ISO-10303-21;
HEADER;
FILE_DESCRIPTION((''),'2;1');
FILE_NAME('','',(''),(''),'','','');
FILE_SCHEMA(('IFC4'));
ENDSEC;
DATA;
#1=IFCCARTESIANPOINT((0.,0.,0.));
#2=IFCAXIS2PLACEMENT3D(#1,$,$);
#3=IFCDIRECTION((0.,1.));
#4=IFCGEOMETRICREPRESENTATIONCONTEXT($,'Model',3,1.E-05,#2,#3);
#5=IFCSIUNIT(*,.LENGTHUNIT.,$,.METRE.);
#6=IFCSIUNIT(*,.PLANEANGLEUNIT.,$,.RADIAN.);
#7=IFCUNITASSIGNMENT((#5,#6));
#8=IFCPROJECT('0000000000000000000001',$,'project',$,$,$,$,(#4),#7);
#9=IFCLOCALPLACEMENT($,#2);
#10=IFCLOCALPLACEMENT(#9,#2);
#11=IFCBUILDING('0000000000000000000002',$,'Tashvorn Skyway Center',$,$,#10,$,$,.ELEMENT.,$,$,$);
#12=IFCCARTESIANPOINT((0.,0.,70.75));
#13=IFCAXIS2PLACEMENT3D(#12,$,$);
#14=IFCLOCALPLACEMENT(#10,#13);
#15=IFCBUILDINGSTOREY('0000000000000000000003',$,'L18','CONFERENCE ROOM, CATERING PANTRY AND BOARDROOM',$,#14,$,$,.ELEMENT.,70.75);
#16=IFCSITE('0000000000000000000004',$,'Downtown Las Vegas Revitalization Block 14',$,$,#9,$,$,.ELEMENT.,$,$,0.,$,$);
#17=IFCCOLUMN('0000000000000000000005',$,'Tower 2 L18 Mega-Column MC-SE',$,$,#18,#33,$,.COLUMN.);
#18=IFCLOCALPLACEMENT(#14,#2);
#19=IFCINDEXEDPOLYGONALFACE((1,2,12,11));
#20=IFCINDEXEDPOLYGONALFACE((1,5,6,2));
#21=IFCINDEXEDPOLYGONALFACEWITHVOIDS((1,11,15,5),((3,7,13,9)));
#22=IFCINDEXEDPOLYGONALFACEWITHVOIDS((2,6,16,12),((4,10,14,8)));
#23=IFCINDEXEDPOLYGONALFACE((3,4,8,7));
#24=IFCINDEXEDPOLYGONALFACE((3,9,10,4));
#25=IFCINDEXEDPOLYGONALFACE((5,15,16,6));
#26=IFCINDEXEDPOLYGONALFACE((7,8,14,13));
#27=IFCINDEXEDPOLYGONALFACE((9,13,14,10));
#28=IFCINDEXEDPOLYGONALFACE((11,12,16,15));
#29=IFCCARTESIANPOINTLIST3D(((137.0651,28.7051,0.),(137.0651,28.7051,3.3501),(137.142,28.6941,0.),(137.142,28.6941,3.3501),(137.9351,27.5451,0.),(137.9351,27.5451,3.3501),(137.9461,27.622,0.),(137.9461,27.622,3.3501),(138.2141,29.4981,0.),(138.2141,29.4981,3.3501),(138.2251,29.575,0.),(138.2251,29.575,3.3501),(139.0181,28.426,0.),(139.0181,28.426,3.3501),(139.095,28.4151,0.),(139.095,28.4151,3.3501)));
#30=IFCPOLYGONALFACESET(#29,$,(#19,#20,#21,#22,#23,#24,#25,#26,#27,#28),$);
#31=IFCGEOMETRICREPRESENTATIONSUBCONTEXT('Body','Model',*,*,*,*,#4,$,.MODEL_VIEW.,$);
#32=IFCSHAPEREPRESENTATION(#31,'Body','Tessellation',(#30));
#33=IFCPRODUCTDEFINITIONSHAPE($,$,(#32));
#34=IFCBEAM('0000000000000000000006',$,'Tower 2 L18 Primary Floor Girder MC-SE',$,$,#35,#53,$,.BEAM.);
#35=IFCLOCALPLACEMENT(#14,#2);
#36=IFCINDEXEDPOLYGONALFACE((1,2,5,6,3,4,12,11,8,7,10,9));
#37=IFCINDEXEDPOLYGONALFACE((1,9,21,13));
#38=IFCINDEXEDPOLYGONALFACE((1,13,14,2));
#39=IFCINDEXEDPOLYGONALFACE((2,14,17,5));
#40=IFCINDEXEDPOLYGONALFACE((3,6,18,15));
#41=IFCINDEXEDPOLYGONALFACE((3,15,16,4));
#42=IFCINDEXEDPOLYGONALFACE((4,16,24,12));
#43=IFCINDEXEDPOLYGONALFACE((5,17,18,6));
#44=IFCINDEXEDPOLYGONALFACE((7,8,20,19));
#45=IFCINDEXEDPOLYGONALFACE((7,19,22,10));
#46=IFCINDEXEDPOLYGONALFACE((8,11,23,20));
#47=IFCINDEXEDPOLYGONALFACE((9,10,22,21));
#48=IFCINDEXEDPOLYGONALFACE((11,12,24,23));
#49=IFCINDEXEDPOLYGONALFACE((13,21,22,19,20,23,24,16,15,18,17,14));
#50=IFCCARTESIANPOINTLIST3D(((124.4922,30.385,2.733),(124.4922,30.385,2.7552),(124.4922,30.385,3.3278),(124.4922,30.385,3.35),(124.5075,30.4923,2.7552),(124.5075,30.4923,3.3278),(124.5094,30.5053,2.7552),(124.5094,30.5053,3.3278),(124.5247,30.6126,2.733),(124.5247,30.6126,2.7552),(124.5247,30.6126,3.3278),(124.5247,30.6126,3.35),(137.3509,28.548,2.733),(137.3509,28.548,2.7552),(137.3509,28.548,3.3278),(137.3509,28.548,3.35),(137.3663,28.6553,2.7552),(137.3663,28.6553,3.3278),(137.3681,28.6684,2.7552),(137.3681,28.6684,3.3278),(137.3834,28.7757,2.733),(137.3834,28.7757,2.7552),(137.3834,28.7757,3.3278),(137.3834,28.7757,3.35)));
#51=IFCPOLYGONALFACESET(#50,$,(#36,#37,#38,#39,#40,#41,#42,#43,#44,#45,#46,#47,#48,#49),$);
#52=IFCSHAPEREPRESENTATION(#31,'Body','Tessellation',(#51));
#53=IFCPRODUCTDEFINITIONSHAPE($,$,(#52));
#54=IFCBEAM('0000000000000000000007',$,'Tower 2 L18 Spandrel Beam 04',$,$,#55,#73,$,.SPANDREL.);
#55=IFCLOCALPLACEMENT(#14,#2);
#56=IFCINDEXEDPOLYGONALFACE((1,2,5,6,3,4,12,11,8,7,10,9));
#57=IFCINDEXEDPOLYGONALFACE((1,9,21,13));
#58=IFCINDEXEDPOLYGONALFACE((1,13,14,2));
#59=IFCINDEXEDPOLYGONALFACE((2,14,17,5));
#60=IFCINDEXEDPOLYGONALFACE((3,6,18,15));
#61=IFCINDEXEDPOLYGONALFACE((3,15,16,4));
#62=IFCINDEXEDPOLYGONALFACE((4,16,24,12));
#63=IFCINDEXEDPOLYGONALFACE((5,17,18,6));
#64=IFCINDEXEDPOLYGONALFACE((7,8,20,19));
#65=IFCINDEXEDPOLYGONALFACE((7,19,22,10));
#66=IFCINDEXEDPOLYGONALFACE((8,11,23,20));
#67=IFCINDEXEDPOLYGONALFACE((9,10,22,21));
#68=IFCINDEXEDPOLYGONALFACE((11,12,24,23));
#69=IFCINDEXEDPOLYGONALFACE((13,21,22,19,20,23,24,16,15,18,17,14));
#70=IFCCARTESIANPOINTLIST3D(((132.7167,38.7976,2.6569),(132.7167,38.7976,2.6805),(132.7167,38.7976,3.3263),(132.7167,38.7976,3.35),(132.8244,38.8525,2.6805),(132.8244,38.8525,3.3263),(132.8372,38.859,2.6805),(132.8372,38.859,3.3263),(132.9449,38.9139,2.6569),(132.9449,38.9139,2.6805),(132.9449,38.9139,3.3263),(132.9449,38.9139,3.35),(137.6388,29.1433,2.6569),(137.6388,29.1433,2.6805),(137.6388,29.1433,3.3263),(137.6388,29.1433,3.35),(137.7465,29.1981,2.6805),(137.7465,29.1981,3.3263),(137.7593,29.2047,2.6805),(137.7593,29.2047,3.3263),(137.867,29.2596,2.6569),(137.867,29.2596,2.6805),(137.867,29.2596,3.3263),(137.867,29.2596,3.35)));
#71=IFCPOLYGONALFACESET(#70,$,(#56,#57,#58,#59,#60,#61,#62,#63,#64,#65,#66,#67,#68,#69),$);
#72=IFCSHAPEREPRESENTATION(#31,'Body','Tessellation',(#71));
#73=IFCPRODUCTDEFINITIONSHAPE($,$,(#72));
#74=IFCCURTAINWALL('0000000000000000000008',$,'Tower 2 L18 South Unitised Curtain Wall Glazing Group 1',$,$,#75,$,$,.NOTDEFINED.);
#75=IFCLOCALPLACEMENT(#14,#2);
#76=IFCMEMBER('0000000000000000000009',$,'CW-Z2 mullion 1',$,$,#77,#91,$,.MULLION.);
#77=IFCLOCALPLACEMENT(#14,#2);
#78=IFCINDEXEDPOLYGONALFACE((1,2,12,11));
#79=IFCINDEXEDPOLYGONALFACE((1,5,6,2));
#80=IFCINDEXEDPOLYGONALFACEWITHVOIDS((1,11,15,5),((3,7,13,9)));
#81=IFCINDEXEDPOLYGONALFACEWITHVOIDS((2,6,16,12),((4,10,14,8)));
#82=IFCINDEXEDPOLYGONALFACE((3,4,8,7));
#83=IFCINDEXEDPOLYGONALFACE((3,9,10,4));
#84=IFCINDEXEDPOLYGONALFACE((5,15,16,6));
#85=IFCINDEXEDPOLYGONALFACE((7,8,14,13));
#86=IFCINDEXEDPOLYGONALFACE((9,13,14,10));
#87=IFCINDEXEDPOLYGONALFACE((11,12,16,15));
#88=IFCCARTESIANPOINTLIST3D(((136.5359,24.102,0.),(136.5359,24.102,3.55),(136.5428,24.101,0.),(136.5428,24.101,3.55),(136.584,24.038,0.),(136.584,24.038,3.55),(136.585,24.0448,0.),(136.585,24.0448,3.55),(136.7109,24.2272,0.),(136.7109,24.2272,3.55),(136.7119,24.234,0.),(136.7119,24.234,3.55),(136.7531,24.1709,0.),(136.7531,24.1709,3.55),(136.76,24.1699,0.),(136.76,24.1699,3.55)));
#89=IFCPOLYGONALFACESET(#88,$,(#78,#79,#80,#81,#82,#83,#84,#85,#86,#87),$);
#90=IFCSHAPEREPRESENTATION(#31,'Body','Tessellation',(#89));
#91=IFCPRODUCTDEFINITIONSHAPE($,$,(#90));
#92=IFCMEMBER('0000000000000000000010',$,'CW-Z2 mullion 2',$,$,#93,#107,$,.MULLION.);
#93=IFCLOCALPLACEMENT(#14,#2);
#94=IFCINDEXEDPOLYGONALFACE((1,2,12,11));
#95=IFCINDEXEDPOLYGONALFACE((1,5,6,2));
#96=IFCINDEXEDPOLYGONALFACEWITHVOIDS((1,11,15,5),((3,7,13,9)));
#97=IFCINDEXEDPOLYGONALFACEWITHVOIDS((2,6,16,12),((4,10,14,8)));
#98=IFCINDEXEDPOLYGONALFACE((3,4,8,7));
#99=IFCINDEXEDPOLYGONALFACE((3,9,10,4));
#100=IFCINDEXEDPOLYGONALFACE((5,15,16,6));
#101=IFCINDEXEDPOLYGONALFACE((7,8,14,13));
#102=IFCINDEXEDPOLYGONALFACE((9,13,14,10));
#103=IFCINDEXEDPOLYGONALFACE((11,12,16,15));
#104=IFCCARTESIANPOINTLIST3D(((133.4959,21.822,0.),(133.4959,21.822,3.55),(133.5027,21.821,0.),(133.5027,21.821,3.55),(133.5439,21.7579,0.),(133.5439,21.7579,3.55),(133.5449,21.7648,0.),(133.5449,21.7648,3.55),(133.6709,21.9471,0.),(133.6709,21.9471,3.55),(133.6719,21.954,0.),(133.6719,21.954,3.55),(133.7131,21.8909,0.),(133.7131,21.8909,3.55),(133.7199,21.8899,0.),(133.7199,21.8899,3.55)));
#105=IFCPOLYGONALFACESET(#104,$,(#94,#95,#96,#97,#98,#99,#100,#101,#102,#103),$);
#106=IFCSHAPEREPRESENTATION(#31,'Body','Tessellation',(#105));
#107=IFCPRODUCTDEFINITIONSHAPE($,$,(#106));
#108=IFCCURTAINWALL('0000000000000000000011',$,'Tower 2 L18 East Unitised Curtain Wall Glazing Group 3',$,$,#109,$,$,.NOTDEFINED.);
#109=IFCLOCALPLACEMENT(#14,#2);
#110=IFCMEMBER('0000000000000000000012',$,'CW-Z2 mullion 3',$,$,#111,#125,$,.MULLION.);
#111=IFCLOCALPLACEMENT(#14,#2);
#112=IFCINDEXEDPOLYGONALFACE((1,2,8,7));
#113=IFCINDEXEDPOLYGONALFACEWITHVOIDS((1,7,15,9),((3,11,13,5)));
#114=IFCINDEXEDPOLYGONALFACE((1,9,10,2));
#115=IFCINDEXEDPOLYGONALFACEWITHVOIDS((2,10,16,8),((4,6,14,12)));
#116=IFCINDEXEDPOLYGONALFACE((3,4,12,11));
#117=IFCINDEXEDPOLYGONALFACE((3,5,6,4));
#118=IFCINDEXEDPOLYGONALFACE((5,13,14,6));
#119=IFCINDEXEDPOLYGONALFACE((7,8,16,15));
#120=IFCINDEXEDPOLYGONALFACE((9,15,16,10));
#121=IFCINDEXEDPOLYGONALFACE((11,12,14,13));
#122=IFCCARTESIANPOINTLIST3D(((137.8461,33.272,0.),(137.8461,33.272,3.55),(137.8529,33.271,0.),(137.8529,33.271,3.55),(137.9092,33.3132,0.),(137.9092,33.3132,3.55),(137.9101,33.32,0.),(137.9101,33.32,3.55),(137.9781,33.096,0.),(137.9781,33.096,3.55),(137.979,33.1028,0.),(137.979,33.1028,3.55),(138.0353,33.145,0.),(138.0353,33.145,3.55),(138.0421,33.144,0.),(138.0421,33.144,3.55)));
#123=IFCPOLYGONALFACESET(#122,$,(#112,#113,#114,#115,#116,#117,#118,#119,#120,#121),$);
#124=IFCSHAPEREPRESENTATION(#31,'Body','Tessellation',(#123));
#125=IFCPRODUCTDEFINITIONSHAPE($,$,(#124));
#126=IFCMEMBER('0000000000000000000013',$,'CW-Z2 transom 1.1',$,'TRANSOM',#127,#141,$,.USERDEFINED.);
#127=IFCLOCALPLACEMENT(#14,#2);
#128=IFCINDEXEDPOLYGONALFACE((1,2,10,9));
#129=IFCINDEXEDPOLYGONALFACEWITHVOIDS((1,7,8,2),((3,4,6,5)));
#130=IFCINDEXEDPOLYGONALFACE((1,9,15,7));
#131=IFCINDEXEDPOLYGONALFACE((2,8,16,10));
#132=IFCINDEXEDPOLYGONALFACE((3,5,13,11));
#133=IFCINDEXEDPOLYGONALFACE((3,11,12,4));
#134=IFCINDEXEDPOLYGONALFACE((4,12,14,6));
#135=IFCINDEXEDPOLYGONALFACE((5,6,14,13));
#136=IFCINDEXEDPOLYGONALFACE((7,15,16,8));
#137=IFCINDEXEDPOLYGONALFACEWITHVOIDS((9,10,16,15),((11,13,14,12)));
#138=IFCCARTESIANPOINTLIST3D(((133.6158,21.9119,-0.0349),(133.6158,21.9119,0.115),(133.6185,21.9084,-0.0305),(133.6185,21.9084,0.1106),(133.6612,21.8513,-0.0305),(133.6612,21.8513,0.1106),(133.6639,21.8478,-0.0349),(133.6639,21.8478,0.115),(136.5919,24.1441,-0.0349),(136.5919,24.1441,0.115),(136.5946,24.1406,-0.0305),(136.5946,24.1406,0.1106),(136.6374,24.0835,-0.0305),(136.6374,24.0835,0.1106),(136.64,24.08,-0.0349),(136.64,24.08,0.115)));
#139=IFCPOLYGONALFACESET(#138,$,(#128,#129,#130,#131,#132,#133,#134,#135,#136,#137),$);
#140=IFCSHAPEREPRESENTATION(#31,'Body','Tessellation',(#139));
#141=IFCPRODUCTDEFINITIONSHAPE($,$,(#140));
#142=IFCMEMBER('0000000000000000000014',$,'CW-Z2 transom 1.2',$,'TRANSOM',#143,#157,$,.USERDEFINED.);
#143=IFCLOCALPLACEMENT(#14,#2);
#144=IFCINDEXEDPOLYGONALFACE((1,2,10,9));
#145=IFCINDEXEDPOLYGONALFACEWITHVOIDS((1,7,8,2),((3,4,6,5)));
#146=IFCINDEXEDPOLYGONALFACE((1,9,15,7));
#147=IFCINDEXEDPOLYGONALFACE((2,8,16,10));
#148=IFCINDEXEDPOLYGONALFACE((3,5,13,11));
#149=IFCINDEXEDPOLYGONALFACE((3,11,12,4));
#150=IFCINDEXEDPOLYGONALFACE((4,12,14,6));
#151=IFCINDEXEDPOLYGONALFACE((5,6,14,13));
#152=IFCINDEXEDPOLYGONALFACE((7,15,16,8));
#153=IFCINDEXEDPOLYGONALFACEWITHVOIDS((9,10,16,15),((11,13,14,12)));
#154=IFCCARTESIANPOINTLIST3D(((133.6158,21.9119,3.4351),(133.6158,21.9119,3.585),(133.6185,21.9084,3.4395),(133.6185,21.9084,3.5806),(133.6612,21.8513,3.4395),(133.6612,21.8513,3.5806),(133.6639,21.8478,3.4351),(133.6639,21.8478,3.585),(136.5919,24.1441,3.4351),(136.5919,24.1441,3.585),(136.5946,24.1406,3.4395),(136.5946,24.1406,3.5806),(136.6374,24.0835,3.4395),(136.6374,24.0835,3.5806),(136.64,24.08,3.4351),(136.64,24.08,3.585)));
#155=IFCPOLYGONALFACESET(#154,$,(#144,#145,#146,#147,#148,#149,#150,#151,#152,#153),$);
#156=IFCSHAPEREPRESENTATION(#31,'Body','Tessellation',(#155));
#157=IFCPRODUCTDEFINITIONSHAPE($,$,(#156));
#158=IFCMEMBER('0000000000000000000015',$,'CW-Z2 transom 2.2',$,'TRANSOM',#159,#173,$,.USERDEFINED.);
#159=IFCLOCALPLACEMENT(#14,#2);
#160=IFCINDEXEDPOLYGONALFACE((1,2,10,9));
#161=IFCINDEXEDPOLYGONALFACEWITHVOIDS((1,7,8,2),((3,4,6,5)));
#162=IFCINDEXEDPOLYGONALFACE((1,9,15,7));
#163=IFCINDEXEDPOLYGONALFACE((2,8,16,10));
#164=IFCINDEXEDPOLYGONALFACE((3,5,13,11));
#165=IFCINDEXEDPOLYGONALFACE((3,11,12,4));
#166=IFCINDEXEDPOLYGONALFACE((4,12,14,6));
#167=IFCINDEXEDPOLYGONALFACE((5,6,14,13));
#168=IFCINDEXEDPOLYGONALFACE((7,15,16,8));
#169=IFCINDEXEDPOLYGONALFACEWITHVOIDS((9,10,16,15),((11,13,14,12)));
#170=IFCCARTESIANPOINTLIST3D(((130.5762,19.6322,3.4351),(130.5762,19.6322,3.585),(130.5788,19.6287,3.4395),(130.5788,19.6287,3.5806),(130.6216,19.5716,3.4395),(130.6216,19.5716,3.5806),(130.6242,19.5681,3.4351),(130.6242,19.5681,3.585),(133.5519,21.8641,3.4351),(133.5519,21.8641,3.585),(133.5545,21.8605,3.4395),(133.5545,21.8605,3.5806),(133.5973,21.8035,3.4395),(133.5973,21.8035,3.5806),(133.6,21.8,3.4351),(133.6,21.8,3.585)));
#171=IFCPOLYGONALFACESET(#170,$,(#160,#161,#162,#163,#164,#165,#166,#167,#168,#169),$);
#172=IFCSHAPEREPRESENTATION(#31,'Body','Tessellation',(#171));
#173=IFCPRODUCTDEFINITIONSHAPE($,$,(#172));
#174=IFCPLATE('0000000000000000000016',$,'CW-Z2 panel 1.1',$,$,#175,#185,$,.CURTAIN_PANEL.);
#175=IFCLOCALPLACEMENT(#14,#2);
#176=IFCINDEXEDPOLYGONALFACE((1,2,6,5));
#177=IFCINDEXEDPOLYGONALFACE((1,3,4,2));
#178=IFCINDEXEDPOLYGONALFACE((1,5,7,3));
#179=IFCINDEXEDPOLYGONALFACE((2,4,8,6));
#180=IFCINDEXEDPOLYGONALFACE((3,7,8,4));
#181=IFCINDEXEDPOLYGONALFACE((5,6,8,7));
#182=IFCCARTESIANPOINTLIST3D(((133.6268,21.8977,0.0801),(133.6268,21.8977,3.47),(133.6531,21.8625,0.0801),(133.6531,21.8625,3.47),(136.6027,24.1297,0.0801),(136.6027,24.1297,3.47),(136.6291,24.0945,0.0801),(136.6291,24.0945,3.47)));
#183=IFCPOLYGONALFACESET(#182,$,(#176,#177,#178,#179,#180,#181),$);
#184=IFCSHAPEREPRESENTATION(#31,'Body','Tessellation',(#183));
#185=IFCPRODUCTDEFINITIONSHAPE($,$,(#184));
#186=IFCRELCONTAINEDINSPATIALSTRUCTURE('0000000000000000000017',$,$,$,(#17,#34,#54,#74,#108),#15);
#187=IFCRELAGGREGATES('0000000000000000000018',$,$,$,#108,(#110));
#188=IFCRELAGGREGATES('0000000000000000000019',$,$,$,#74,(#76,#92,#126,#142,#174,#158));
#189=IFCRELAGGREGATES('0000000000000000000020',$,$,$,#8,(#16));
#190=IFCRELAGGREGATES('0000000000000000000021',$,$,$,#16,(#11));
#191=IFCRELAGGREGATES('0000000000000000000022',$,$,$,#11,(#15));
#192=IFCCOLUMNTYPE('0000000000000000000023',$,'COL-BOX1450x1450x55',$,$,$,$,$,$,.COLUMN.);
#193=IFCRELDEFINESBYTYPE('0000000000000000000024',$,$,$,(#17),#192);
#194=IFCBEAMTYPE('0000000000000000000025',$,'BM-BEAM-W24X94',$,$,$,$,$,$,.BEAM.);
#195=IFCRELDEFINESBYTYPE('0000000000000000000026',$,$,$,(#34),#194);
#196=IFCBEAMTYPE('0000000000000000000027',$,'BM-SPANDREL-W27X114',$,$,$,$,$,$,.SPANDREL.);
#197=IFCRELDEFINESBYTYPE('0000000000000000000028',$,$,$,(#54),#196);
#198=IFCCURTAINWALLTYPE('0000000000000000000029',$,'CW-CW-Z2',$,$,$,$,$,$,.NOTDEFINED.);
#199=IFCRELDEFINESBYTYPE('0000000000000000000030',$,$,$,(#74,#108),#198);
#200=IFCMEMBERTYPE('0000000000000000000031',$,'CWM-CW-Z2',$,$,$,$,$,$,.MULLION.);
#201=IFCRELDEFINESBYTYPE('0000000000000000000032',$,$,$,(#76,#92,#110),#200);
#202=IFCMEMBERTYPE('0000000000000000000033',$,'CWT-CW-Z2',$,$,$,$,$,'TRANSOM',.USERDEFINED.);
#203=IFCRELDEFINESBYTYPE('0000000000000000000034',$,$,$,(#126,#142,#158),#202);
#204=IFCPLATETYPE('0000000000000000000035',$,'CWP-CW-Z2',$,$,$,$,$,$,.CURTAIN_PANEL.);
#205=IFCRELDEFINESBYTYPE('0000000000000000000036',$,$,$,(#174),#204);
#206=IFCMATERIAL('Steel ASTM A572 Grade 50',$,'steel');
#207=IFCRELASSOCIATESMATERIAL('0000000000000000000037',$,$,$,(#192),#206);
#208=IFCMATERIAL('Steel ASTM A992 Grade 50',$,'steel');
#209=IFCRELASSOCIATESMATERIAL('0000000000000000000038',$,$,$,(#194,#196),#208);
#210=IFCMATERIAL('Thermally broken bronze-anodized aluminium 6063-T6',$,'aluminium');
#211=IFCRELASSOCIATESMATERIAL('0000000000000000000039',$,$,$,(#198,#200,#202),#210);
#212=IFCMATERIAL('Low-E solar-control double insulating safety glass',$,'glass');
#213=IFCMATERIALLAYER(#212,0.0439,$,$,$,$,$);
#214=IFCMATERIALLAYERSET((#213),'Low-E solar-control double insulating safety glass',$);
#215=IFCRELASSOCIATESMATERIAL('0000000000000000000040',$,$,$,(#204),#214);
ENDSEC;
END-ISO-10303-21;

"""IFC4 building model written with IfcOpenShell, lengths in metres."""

from ifc_helpers import new_model, si_unit, direction, frame, origin, origin_2d, place, context, subcontext, project, spatial, rectangle, hollow_rectangle, i_section, extrude, material, layer, layer_set, material_profile, profile_set, type_object, element, aggregate, save


model = new_model("IFC4")

# Units and contexts
model_context = context("Model", 3, precision=1e-05, world=origin(), true_north=direction((0.0, 1.0)))
body_context = subcontext(model_context, "Body", "Model", "MODEL_VIEW")
ifc_project = project(units=[si_unit("LENGTHUNIT", "METRE"), si_unit("PLANEANGLEUNIT", "RADIAN")], contexts=[model_context])

# Site, building, storey
site_placement = place(None, origin())
site = spatial("IfcSite", under=ifc_project, at=site_placement, Name="Downtown Las Vegas Revitalization Block 14", CompositionType="ELEMENT", RefElevation=0.0)
building_placement = place(site_placement, origin())
building = spatial("IfcBuilding", under=site, at=building_placement, Name="Tashvorn Skyway Center", CompositionType="ELEMENT")
storey_placement = place(building_placement, frame((0.0, 0.0, 70.75)))
storey = spatial("IfcBuildingStorey", under=building, at=storey_placement, Name="L18", Description="CONFERENCE ROOM, CATERING PANTRY AND BOARDROOM", CompositionType="ELEMENT", Elevation=70.75)

# Column
ifc_material_1 = material(Name="Steel ASTM A572 Grade 50", Category="steel")
ifc_material_profile_1 = material_profile(ifc_material_1, hollow_rectangle(XDim=1.45, YDim=1.45, WallThickness=0.0549, at=origin_2d()), Name="BOX1450x1450x55")
ifc_profile_set_1 = profile_set([ifc_material_profile_1], Name="Steel ASTM A572 Grade 50")
column_type = type_object("IfcColumnType", Name="COL-BOX1450x1450x55", PredefinedType="COLUMN", material=ifc_profile_set_1)
column_placement = place(storey_placement, frame((138.0801, 28.5601, 0.0), z_axis=(0.0, 0.0, 1.0), x_axis=(0.8, 0.6, 0.0)))
element("IfcColumn", 1, at=column_placement, inside=storey, type_object=column_type, Name="Tower 2 L18 Mega-Column MC-SE", PredefinedType="COLUMN", context=body_context, shape_type="SweptSolid", body=[
    extrude(hollow_rectangle(XDim=1.45, YDim=1.45, WallThickness=0.0549, at=origin_2d()), origin(), (0.0, 0.0, 1.0), 3.3501),
])

# Beams
ifc_material_2 = material(Name="Steel ASTM A992 Grade 50", Category="steel")
ifc_material_profile_2 = material_profile(ifc_material_2, i_section(OverallWidth=0.23, OverallDepth=0.6169, WebThickness=0.0132, FlangeThickness=0.0222, at=origin_2d()), Name="W24X94")
ifc_profile_set_2 = profile_set([ifc_material_profile_2], Name="Steel ASTM A992 Grade 50")
beam_type_1 = type_object("IfcBeamType", Name="BM-BEAM-W24X94", PredefinedType="BEAM", material=ifc_profile_set_2)
beam_1_placement = place(storey_placement, frame((137.3672, 28.6619, 3.0415), z_axis=(-0.98995, 0.141419, 0.0), x_axis=(-0.141419, -0.98995, 0.0)))
element("IfcBeam", 2, at=beam_1_placement, inside=storey, type_object=beam_type_1, Name="Tower 2 L18 Primary Floor Girder MC-SE", PredefinedType="BEAM", context=body_context, shape_type="SweptSolid", body=[
    extrude(i_section(OverallWidth=0.23, OverallDepth=0.6169, WebThickness=0.0132, FlangeThickness=0.0222, at=origin_2d()), origin(), (0.0, 0.0, 1.0), 12.9893),
])
ifc_material_profile_3 = material_profile(ifc_material_2, i_section(OverallWidth=0.2561, OverallDepth=0.6931, WebThickness=0.0144, FlangeThickness=0.0237, at=origin_2d()), Name="W27X114")
ifc_profile_set_3 = profile_set([ifc_material_profile_3], Name="Steel ASTM A992 Grade 50")
beam_type_2 = type_object("IfcBeamType", Name="BM-SPANDREL-W27X114", PredefinedType="SPANDREL", material=ifc_profile_set_3)
beam_2_placement = place(storey_placement, frame((137.7529, 29.2014, 3.0034), z_axis=(-0.454211, 0.890894, 0.0), x_axis=(-0.890894, -0.454211, 0.0)))
element("IfcBeam", 3, at=beam_2_placement, inside=storey, type_object=beam_type_2, Name="Tower 2 L18 Spandrel Beam 04", PredefinedType="SPANDREL", context=body_context, shape_type="SweptSolid", body=[
    extrude(i_section(OverallWidth=0.2561, OverallDepth=0.6931, WebThickness=0.0144, FlangeThickness=0.0237, at=origin_2d()), origin(), (0.0, 0.0, 1.0), 10.8367),
])

# Curtain wall, members
ifc_material_3 = material(Name="Thermally broken bronze-anodized aluminium 6063-T6", Category="aluminium")
curtain_wall_type = type_object("IfcCurtainWallType", Name="CW-CW-Z2", PredefinedType="NOTDEFINED", material=ifc_material_3)
curtain_wall_1_placement = place(storey_placement, origin())
curtain_wall_1 = element("IfcCurtainWall", 4, at=curtain_wall_1_placement, inside=storey, type_object=curtain_wall_type, Name="Tower 2 L18 South Unitised Curtain Wall Glazing Group 1", PredefinedType="NOTDEFINED")
ifc_material_profile_4 = material_profile(ifc_material_3, hollow_rectangle(XDim=0.0801, YDim=0.22, WallThickness=0.0049, at=origin_2d()), Name="ALU-MULL-80x220")
ifc_profile_set_4 = profile_set([ifc_material_profile_4], Name="Thermally broken bronze-anodized aluminium 6063-T6")
member_type_1 = type_object("IfcMemberType", Name="CWM-CW-Z2", PredefinedType="MULLION", material=ifc_profile_set_4)
member_1_placement = place(storey_placement, frame((136.6479, 24.136, 0.0), z_axis=(0.0, 0.0, 1.0), x_axis=(0.6, -0.8, 0.0)))
member_1 = element("IfcMember", 5, at=member_1_placement, type_object=member_type_1, Name="CW-Z2 mullion 1", PredefinedType="MULLION", context=body_context, shape_type="SweptSolid", body=[
    extrude(hollow_rectangle(XDim=0.0801, YDim=0.22, WallThickness=0.0049, at=origin_2d()), origin(), (0.0, 0.0, 1.0), 3.55),
])
member_2_placement = place(storey_placement, frame((133.6079, 21.856, 0.0), z_axis=(0.0, 0.0, 1.0), x_axis=(0.6, -0.8, 0.0)))
member_2 = element("IfcMember", 6, at=member_2_placement, type_object=member_type_1, Name="CW-Z2 mullion 2", PredefinedType="MULLION", context=body_context, shape_type="SweptSolid", body=[
    extrude(hollow_rectangle(XDim=0.0801, YDim=0.22, WallThickness=0.0049, at=origin_2d()), origin(), (0.0, 0.0, 1.0), 3.55),
])

# Curtain wall, member
curtain_wall_2_placement = place(storey_placement, origin())
curtain_wall_2 = element("IfcCurtainWall", 7, at=curtain_wall_2_placement, inside=storey, type_object=curtain_wall_type, Name="Tower 2 L18 East Unitised Curtain Wall Glazing Group 3", PredefinedType="NOTDEFINED")
member_3_placement = place(storey_placement, frame((137.9441, 33.208, 0.0), z_axis=(0.0, 0.0, 1.0), x_axis=(0.8, 0.6, 0.0)))
member_3 = element("IfcMember", 8, at=member_3_placement, type_object=member_type_1, Name="CW-Z2 mullion 3", PredefinedType="MULLION", context=body_context, shape_type="SweptSolid", body=[
    extrude(hollow_rectangle(XDim=0.0801, YDim=0.22, WallThickness=0.0049, at=origin_2d()), origin(), (0.0, 0.0, 1.0), 3.55),
])
aggregate(curtain_wall_2, [member_3])

# Members
ifc_material_profile_5 = material_profile(ifc_material_3, hollow_rectangle(XDim=0.0801, YDim=0.1499, WallThickness=0.0044, at=origin_2d()), Name="ALU-TRAN-80x150")
ifc_profile_set_5 = profile_set([ifc_material_profile_5], Name="Thermally broken bronze-anodized aluminium 6063-T6")
member_type_2 = type_object("IfcMemberType", Name="CWT-CW-Z2", ElementType="TRANSOM", PredefinedType="USERDEFINED", material=ifc_profile_set_5)
member_4_placement = place(storey_placement, frame((136.616, 24.1121, 0.04), z_axis=(-0.799984, -0.600021, 0.0), x_axis=(0.600021, -0.799984, 0.0)))
member_4 = element("IfcMember", 9, at=member_4_placement, type_object=member_type_2, Name="CW-Z2 transom 1.1", ObjectType="TRANSOM", PredefinedType="USERDEFINED", context=body_context, shape_type="SweptSolid", body=[
    extrude(hollow_rectangle(XDim=0.0801, YDim=0.1499, WallThickness=0.0044, at=origin_2d()), origin(), (0.0, 0.0, 1.0), 3.7202),
])
member_5_placement = place(storey_placement, frame((136.616, 24.1121, 3.51), z_axis=(-0.799984, -0.600021, 0.0), x_axis=(0.600021, -0.799984, 0.0)))
member_5 = element("IfcMember", 10, at=member_5_placement, type_object=member_type_2, Name="CW-Z2 transom 1.2", ObjectType="TRANSOM", PredefinedType="USERDEFINED", context=body_context, shape_type="SweptSolid", body=[
    extrude(hollow_rectangle(XDim=0.0801, YDim=0.1499, WallThickness=0.0044, at=origin_2d()), origin(), (0.0, 0.0, 1.0), 3.7202),
])
member_6_placement = place(storey_placement, frame((133.5759, 21.832, 3.51), z_axis=(-0.799992, -0.600011, 0.0), x_axis=(0.600011, -0.799992, 0.0)))
member_6 = element("IfcMember", 11, at=member_6_placement, type_object=member_type_2, Name="CW-Z2 transom 2.2", ObjectType="TRANSOM", PredefinedType="USERDEFINED", context=body_context, shape_type="SweptSolid", body=[
    extrude(hollow_rectangle(XDim=0.0801, YDim=0.1499, WallThickness=0.0044, at=origin_2d()), origin(), (0.0, 0.0, 1.0), 3.7197),
])

# Plate
ifc_material_4 = material(Name="Low-E solar-control double insulating safety glass", Category="glass")
ifc_layer_1 = layer(ifc_material_4, 0.0439)
ifc_layer_set_1 = layer_set([ifc_layer_1], Name="Low-E solar-control double insulating safety glass")
plate_type = type_object("IfcPlateType", Name="CWP-CW-Z2", PredefinedType="CURTAIN_PANEL", material=ifc_layer_set_1)
plate_placement = place(storey_placement, frame((135.1279, 22.9961, 0.0801), z_axis=(0.0, 0.0, 1.0), x_axis=(-0.8, -0.6, 0.0)))
plate = element("IfcPlate", 12, at=plate_placement, type_object=plate_type, Name="CW-Z2 panel 1.1", PredefinedType="CURTAIN_PANEL", context=body_context, shape_type="SweptSolid", body=[
    extrude(rectangle(XDim=3.72, YDim=0.0439, at=origin_2d()), origin(), (0.0, 0.0, 1.0), 3.3899),
])
aggregate(curtain_wall_1, [member_1, member_2, member_4, member_5, plate, member_6])

save(model, "model.ifc")
